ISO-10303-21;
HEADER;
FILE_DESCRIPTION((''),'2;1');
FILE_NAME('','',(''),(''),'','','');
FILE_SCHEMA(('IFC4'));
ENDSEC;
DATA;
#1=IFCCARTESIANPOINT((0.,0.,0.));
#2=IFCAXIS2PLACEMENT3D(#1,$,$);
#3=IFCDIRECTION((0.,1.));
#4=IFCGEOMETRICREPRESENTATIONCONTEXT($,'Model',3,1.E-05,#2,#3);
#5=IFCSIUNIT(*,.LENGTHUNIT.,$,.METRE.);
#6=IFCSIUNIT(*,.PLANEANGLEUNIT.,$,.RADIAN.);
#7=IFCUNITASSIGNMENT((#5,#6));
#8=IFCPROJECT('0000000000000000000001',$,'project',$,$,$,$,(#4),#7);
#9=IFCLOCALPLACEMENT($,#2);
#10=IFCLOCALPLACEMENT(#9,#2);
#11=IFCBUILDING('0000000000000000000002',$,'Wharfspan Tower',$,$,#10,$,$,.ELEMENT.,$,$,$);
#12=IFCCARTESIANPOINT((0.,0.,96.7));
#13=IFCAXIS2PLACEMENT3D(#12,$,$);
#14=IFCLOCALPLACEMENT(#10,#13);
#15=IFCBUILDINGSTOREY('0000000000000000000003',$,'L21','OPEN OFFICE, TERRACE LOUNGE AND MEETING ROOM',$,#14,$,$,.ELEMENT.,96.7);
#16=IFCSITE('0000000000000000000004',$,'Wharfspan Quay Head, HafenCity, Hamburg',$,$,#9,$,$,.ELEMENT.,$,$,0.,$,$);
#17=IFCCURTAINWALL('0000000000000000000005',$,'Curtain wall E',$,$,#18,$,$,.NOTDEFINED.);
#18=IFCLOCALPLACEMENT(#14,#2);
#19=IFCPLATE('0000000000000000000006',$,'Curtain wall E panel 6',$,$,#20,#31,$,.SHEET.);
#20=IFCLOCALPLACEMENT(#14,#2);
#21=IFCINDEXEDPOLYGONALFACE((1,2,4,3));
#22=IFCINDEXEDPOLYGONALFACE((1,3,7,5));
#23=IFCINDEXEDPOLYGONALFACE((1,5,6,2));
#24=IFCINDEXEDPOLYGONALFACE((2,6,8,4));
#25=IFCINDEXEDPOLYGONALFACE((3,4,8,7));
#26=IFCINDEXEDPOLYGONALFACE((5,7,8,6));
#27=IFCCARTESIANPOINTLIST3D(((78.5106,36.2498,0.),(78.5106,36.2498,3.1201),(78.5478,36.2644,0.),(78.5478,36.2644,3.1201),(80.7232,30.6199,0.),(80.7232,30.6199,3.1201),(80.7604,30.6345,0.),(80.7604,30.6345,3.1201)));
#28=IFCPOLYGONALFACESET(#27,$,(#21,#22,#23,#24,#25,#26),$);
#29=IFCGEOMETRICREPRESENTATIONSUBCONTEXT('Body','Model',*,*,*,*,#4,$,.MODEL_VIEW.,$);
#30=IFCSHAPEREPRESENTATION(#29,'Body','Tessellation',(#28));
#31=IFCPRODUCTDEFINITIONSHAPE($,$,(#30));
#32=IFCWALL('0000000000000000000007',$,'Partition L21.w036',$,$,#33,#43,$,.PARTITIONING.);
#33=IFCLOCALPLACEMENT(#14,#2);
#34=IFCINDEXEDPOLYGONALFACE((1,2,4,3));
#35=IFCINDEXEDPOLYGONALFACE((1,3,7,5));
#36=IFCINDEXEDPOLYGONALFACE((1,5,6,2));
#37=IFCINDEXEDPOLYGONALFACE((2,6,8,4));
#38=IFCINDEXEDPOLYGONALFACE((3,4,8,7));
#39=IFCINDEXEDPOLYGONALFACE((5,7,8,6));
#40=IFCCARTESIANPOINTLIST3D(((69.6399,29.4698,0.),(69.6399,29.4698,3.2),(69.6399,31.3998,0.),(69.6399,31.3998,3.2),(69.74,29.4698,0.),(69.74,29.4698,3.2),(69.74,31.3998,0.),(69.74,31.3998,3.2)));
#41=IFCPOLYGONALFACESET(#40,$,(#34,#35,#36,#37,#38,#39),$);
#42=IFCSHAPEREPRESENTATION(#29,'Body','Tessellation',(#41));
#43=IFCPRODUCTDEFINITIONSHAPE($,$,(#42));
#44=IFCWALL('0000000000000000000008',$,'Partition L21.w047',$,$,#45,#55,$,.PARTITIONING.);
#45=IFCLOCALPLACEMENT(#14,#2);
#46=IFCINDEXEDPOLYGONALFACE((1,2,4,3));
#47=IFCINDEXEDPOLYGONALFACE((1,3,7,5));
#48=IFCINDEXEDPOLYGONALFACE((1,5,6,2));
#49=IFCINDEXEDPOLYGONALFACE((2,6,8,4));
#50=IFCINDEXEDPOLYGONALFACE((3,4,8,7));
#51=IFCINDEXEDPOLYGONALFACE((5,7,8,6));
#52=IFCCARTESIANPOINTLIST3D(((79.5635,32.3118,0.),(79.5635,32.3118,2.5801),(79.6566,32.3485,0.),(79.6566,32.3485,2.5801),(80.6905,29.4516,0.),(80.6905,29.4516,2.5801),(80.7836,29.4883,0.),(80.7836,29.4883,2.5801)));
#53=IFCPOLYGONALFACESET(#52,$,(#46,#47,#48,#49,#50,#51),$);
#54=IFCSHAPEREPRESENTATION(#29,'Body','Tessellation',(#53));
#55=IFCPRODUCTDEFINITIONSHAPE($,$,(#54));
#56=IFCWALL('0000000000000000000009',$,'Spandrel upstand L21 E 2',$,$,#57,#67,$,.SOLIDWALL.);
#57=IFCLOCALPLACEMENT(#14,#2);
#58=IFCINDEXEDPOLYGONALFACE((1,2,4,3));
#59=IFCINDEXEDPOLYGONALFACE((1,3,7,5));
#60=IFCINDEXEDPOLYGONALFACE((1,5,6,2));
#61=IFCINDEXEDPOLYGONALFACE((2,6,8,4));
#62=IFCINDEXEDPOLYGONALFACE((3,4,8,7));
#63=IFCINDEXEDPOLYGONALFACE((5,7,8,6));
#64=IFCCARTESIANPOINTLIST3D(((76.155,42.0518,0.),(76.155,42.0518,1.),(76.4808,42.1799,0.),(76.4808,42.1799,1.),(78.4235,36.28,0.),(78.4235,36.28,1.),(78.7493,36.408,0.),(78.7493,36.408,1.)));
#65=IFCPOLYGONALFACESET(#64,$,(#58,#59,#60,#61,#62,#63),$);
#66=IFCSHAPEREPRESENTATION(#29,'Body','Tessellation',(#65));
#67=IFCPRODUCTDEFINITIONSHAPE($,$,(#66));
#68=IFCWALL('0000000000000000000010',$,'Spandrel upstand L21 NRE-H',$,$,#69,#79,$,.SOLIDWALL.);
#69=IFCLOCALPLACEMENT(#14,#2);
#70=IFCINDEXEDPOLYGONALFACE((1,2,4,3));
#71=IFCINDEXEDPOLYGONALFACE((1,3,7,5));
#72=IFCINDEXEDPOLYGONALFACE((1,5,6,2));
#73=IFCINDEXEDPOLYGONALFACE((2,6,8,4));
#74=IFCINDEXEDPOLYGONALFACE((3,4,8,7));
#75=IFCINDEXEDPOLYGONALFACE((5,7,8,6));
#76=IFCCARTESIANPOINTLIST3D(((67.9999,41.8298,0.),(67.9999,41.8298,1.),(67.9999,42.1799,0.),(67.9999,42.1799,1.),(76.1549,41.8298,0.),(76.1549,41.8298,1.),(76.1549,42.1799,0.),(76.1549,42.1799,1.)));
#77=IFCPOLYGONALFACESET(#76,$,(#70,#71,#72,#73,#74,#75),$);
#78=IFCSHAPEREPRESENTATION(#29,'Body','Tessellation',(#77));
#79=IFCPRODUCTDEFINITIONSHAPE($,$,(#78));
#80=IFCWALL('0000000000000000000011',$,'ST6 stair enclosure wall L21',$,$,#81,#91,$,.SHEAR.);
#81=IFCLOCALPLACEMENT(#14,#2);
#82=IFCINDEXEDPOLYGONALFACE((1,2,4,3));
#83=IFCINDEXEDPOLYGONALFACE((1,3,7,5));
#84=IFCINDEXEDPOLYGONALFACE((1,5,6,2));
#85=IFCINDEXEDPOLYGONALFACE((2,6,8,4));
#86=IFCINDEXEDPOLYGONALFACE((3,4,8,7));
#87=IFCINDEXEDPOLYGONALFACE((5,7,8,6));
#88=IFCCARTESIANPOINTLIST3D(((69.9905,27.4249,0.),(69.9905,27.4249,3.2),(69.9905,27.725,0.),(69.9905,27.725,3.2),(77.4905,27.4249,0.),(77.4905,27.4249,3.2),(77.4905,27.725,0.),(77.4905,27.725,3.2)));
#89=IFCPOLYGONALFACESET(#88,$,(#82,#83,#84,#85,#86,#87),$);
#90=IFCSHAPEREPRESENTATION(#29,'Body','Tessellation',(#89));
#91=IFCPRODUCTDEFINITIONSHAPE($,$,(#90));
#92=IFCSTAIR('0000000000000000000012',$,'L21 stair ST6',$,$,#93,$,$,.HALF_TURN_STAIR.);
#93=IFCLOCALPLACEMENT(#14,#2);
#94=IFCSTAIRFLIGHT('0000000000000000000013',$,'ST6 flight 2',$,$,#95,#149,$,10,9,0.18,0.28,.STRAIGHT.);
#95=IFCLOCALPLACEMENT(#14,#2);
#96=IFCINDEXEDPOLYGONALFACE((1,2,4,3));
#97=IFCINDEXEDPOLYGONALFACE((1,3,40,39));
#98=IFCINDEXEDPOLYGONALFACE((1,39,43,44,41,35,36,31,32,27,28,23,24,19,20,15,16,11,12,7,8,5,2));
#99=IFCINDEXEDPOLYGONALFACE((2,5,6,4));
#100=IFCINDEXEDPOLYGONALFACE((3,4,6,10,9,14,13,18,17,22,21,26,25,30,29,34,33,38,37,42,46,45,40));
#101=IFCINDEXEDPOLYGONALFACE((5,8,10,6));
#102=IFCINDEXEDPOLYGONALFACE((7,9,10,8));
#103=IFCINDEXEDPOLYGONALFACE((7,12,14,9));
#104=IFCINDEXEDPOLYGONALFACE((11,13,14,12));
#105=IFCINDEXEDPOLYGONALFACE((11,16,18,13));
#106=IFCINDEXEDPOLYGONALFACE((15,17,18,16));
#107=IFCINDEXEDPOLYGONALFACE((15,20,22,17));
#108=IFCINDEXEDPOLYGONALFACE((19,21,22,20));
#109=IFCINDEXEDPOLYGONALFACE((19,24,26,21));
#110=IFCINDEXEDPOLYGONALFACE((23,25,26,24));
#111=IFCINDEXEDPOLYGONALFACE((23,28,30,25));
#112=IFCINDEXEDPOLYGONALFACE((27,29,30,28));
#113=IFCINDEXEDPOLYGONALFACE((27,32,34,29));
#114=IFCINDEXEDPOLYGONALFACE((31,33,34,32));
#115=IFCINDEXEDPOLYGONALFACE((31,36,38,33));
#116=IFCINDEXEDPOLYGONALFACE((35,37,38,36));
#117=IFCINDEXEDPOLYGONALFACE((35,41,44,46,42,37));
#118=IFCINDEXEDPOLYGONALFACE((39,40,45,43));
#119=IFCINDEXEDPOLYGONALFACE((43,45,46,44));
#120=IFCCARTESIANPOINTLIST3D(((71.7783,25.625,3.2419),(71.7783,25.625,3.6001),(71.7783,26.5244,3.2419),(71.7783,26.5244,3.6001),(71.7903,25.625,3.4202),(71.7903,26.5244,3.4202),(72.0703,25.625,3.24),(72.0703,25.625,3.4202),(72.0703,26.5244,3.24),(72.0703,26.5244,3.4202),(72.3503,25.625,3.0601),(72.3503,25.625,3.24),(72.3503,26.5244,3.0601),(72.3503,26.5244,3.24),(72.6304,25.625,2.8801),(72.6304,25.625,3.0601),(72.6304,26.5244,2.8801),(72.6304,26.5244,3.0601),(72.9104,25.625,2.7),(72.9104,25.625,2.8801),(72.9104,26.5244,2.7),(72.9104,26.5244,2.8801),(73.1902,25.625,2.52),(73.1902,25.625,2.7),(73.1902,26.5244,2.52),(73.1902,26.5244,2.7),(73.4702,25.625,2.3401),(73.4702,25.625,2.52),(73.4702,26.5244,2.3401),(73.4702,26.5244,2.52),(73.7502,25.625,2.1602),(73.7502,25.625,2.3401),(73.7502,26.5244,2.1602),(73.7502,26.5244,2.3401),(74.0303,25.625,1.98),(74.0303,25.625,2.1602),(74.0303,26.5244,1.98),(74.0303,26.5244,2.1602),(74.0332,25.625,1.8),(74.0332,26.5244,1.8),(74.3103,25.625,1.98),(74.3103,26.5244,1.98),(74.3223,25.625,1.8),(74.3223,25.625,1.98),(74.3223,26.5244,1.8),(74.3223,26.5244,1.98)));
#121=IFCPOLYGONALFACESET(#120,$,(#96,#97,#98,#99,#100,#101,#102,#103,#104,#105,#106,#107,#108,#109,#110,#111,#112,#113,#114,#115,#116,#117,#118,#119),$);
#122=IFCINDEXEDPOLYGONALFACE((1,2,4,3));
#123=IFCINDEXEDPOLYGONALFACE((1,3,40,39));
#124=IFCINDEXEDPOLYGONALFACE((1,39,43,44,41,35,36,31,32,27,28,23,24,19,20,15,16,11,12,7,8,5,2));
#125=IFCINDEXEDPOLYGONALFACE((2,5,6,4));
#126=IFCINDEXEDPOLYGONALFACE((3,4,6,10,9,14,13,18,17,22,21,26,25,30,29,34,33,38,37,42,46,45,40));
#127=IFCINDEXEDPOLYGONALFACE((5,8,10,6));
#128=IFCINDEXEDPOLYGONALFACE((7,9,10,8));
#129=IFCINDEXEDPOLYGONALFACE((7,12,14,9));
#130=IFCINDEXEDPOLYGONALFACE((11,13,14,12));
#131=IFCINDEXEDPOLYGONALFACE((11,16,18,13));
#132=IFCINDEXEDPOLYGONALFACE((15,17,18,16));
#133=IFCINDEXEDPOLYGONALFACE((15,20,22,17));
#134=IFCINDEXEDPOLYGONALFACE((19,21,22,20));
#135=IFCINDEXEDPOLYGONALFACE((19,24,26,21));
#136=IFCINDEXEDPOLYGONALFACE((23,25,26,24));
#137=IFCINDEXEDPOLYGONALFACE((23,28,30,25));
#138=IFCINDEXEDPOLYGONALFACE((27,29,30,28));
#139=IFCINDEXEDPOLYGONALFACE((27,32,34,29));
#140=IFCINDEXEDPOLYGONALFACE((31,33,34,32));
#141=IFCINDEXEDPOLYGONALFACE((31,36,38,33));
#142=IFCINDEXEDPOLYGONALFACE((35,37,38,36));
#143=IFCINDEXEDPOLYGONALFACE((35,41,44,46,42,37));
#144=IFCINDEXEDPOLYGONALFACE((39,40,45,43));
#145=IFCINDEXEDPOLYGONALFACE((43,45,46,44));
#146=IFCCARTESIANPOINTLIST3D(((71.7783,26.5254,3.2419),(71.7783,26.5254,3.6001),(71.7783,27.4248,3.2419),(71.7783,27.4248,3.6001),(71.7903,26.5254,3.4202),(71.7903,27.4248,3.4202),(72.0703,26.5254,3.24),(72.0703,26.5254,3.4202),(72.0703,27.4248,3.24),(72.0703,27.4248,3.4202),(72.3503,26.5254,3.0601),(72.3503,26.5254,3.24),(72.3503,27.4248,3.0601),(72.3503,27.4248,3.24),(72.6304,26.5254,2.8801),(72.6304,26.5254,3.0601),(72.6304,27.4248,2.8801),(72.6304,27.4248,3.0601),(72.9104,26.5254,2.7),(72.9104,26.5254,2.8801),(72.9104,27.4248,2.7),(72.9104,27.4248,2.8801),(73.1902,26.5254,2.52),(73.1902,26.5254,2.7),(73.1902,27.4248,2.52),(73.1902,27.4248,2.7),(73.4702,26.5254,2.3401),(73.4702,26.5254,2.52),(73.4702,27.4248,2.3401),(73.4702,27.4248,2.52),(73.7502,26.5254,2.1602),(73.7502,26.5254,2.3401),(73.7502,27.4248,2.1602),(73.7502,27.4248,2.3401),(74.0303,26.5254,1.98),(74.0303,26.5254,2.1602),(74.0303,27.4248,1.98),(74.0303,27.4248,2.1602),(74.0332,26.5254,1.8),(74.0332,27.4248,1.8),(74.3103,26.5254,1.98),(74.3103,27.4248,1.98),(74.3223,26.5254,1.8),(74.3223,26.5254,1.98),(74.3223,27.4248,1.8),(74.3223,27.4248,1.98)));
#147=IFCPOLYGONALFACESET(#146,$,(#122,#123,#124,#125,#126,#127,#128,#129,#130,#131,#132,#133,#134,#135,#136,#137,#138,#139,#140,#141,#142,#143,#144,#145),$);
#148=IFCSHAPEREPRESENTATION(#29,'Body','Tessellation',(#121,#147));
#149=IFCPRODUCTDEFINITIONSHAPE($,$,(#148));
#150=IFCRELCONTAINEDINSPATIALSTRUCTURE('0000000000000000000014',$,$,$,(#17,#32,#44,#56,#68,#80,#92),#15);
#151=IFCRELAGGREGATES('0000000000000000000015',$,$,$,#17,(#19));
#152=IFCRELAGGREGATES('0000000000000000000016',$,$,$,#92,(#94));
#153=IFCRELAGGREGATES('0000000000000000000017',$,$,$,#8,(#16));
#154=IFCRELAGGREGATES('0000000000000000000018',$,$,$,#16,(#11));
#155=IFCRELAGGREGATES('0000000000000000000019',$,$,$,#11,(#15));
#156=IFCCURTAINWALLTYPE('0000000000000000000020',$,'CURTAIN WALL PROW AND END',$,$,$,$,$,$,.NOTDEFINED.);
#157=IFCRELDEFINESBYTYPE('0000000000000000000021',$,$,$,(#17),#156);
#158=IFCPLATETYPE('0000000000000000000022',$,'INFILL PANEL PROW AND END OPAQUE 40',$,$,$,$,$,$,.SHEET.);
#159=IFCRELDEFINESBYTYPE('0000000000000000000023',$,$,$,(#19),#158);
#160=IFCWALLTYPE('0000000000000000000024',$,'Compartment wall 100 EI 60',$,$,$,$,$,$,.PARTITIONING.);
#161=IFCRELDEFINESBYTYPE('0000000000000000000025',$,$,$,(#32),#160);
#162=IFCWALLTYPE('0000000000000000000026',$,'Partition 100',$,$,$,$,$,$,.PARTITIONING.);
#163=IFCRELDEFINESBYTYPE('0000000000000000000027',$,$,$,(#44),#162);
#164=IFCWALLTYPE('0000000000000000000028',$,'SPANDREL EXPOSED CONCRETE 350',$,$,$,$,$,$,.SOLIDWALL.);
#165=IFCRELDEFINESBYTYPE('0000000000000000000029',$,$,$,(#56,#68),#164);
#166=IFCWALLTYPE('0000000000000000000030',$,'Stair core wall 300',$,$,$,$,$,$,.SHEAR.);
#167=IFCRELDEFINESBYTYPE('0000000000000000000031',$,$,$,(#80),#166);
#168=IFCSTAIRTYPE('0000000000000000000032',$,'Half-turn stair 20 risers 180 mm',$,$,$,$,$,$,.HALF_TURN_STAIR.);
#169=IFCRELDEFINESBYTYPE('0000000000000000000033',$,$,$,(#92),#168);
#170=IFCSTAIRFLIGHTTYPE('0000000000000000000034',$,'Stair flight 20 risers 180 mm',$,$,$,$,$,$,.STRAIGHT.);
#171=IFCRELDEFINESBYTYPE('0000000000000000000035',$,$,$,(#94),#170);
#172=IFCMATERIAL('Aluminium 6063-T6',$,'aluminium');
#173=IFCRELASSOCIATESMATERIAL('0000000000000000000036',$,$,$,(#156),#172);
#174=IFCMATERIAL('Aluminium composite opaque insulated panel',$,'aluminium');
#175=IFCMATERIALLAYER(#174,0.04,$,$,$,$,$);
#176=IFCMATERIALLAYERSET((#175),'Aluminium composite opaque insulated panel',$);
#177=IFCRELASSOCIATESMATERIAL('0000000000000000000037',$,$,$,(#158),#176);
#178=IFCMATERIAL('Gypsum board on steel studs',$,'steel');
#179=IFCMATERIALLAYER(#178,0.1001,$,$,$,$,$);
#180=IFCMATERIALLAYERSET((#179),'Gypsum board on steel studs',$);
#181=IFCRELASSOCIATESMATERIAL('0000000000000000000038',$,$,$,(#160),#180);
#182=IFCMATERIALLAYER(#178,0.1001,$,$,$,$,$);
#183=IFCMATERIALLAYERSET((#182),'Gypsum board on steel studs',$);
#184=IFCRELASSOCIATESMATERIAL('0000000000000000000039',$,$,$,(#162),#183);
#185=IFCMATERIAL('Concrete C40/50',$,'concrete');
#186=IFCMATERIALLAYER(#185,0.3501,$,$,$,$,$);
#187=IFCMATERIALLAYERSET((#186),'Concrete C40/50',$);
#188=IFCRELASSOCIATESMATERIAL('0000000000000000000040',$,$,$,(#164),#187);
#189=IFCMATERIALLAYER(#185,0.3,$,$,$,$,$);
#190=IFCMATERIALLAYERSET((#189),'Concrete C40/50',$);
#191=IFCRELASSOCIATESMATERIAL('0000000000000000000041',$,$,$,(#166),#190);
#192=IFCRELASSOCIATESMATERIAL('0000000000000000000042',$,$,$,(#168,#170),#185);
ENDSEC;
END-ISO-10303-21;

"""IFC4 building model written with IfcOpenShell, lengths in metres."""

from ifc_helpers import new_model, si_unit, direction, frame, frame_2d, origin, origin_2d, place, context, subcontext, project, spatial, polyline, rectangle, outline, extrude, material, layer, layer_set, type_object, element, aggregate, save


model = new_model("IFC4")

# Units and contexts
model_context = context("Model", 3, precision=1e-05, world=origin(), true_north=direction((0.0, 1.0)))
body_context = subcontext(model_context, "Body", "Model", "MODEL_VIEW")
ifc_project = project(units=[si_unit("LENGTHUNIT", "METRE"), si_unit("PLANEANGLEUNIT", "RADIAN")], contexts=[model_context])

# Site, building, storey
site_placement = place(None, origin())
site = spatial("IfcSite", under=ifc_project, at=site_placement, Name="Wharfspan Quay Head, HafenCity, Hamburg", CompositionType="ELEMENT", RefElevation=0.0)
building_placement = place(site_placement, origin())
building = spatial("IfcBuilding", under=site, at=building_placement, Name="Wharfspan Tower", CompositionType="ELEMENT")
storey_placement = place(building_placement, frame((0.0, 0.0, 96.7)))
storey = spatial("IfcBuildingStorey", under=building, at=storey_placement, Name="L21", Description="OPEN OFFICE, TERRACE LOUNGE AND MEETING ROOM", CompositionType="ELEMENT", Elevation=96.7)

# Curtain wall
ifc_material_1 = material(Name="Aluminium 6063-T6", Category="aluminium")
curtain_wall_type = type_object("IfcCurtainWallType", Name="CURTAIN WALL PROW AND END", PredefinedType="NOTDEFINED", material=ifc_material_1)
curtain_wall_1_placement = place(storey_placement, origin())
curtain_wall_1 = element("IfcCurtainWall", 1, at=curtain_wall_1_placement, inside=storey, type_object=curtain_wall_type, Name="Curtain wall E", PredefinedType="NOTDEFINED")

# Plate
ifc_material_2 = material(Name="Aluminium composite opaque insulated panel", Category="aluminium")
ifc_layer_1 = layer(ifc_material_2, 0.04)
ifc_layer_set_1 = layer_set([ifc_layer_1], Name="Aluminium composite opaque insulated panel")
plate_type_1 = type_object("IfcPlateType", Name="INFILL PANEL PROW AND END OPAQUE 40", PredefinedType="SHEET", material=ifc_layer_set_1)
plate_1_placement = place(storey_placement, frame((79.6355, 33.4421, 0.0), z_axis=(0.0, 0.0, 1.0), x_axis=(-0.365778, 0.930702, 0.0)))
plate_1 = element("IfcPlate", 2, at=plate_1_placement, type_object=plate_type_1, Name="Curtain wall E panel 6", PredefinedType="SHEET", context=body_context, shape_type="SweptSolid", body=[
    extrude(rectangle(XDim=6.0491, YDim=0.04, at=origin_2d()), origin(), (0.0, 0.0, 1.0), 3.1201),
])
aggregate(curtain_wall_1, [plate_1])

# Walls
ifc_material_3 = material(Name="Gypsum board on steel studs", Category="steel")
ifc_layer_2 = layer(ifc_material_3, 0.1001)
ifc_layer_set_2 = layer_set([ifc_layer_2], Name="Gypsum board on steel studs")
wall_type_1 = type_object("IfcWallType", Name="Compartment wall 100 EI 60", PredefinedType="PARTITIONING", material=ifc_layer_set_2)
wall_1_placement = place(storey_placement, frame((69.6899, 29.47, 0.0), z_axis=(0.0, 0.0, 1.0), x_axis=(0.0, 1.0, 0.0)))
element("IfcWall", 3, at=wall_1_placement, inside=storey, type_object=wall_type_1, Name="Partition L21.w036", PredefinedType="PARTITIONING", context=body_context, shape_type="SweptSolid", body=[
    extrude(rectangle(XDim=1.9299, YDim=0.1001, at=frame_2d((0.9648, 0.0))), origin(), (0.0, 0.0, 1.0), 3.2),
])
ifc_layer_3 = layer(ifc_material_3, 0.1001)
ifc_layer_set_3 = layer_set([ifc_layer_3], Name="Gypsum board on steel studs")
wall_type_2 = type_object("IfcWallType", Name="Partition 100", PredefinedType="PARTITIONING", material=ifc_layer_set_3)
wall_2_placement = place(storey_placement, frame((80.7371, 29.47, 0.0), z_axis=(0.0, 0.0, 1.0), x_axis=(-0.366592, 0.930378, 0.0)))
element("IfcWall", 4, at=wall_2_placement, inside=storey, type_object=wall_type_2, Name="Partition L21.w047", PredefinedType="PARTITIONING", context=body_context, shape_type="SweptSolid", body=[
    extrude(rectangle(XDim=3.0742, YDim=0.1001, at=frame_2d((1.5371, 0.0))), origin(), (0.0, 0.0, 1.0), 2.5801),
])
ifc_material_4 = material(Name="Concrete C40/50", Category="concrete")
ifc_layer_4 = layer(ifc_material_4, 0.3501)
ifc_layer_set_4 = layer_set([ifc_layer_4], Name="Concrete C40/50")
wall_type_3 = type_object("IfcWallType", Name="SPANDREL EXPOSED CONCRETE 350", PredefinedType="SOLIDWALL", material=ifc_layer_set_4)
wall_3_placement = place(storey_placement, frame((78.5864, 36.344, 0.0), z_axis=(0.0, 0.0, 1.0), x_axis=(-0.365792, 0.930699, 0.0)))
element("IfcWall", 5, at=wall_3_placement, inside=storey, type_object=wall_type_3, Name="Spandrel upstand L21 E 2", PredefinedType="SOLIDWALL", context=body_context, shape_type="SweptSolid", body=[
    extrude(rectangle(XDim=6.2017, YDim=0.3501, at=frame_2d((3.1008, 0.0))), origin(), (0.0, 0.0, 1.0), 1.0),
])
wall_4_placement = place(storey_placement, frame((76.155, 42.0049, 0.0), z_axis=(0.0, 0.0, 1.0), x_axis=(-1.0, 0.0, 0.0)))
element("IfcWall", 6, at=wall_4_placement, inside=storey, type_object=wall_type_3, Name="Spandrel upstand L21 NRE-H", PredefinedType="SOLIDWALL", context=body_context, shape_type="SweptSolid", body=[
    extrude(rectangle(XDim=8.155, YDim=0.3501, at=frame_2d((4.0776, 0.0))), origin(), (0.0, 0.0, 1.0), 1.0),
])
ifc_layer_5 = layer(ifc_material_4, 0.3)
ifc_layer_set_5 = layer_set([ifc_layer_5], Name="Concrete C40/50")
wall_type_4 = type_object("IfcWallType", Name="Stair core wall 300", PredefinedType="SHEAR", material=ifc_layer_set_5)
wall_5_placement = place(storey_placement, frame((69.9905, 27.575, 0.0), z_axis=(0.0, 0.0, 1.0), x_axis=(1.0, 0.0, 0.0)))
element("IfcWall", 7, at=wall_5_placement, inside=storey, type_object=wall_type_4, Name="ST6 stair enclosure wall L21", PredefinedType="SHEAR", context=body_context, shape_type="SweptSolid", body=[
    extrude(rectangle(XDim=7.5, YDim=0.3, at=frame_2d((3.75, 0.0))), origin(), (0.0, 0.0, 1.0), 3.2),
])

# Stair, stair flight
stair_type = type_object("IfcStairType", Name="Half-turn stair 20 risers 180 mm", PredefinedType="HALF_TURN_STAIR", material=ifc_material_4)
stair_placement = place(storey_placement, origin())
stair = element("IfcStair", 8, at=stair_placement, inside=storey, type_object=stair_type, Name="L21 stair ST6", PredefinedType="HALF_TURN_STAIR")
stair_flight_type = type_object("IfcStairFlightType", Name="Stair flight 20 risers 180 mm", PredefinedType="STRAIGHT", material=ifc_material_4)
stair_flight_placement = place(storey_placement, frame((74.3103, 26.5249, 1.8), z_axis=(0.0, 0.0, 1.0), x_axis=(-1.0, 0.0, 0.0)))
stair_flight = element("IfcStairFlight", 9, at=stair_flight_placement, type_object=stair_flight_type, Name="ST6 flight 2", NumberOfRisers=10, NumberOfTreads=9, PredefinedType="STRAIGHT", RiserHeight=0.18, TreadLength=0.28, context=body_context, shape_type="SweptSolid", body=[
    extrude(outline(polyline([(-0.012, 0.0), (-0.012, 0.1799), (0.0, 0.1799), (0.28, 0.1799), (0.28, 0.3601), (0.5601, 0.3601), (0.5601, 0.54), (0.8401, 0.54), (0.8401, 0.72), (1.1201, 0.72), (1.1201, 0.8999), (1.3999, 0.8999), (1.3999, 1.0801), (1.6799, 1.0801), (1.6799, 1.26), (1.96, 1.26), (1.96, 1.4399), (2.24, 1.4399), (2.24, 1.6201), (2.52, 1.6201), (2.532, 1.8), (2.532, 1.4419), (0.2771, 0.0), (-0.012, 0.0)])), frame((0.0, 0.8999, 0.0), z_axis=(0.0, -1.0, 0.0), x_axis=(1.0, 0.0, 0.0)), (0.0, 0.0, 1.0), 0.8994),
    extrude(outline(polyline([(-0.012, 0.0), (-0.012, 0.1799), (0.0, 0.1799), (0.28, 0.1799), (0.28, 0.3601), (0.5601, 0.3601), (0.5601, 0.54), (0.8401, 0.54), (0.8401, 0.72), (1.1201, 0.72), (1.1201, 0.8999), (1.3999, 0.8999), (1.3999, 1.0801), (1.6799, 1.0801), (1.6799, 1.26), (1.96, 1.26), (1.96, 1.4399), (2.24, 1.4399), (2.24, 1.6201), (2.52, 1.6201), (2.532, 1.8), (2.532, 1.4419), (0.2771, 0.0), (-0.012, 0.0)])), frame((0.0, -0.0005, 0.0), z_axis=(0.0, -1.0, 0.0), x_axis=(1.0, 0.0, 0.0)), (0.0, 0.0, 1.0), 0.8994),
])
aggregate(stair, [stair_flight])

save(model, "model.ifc")
